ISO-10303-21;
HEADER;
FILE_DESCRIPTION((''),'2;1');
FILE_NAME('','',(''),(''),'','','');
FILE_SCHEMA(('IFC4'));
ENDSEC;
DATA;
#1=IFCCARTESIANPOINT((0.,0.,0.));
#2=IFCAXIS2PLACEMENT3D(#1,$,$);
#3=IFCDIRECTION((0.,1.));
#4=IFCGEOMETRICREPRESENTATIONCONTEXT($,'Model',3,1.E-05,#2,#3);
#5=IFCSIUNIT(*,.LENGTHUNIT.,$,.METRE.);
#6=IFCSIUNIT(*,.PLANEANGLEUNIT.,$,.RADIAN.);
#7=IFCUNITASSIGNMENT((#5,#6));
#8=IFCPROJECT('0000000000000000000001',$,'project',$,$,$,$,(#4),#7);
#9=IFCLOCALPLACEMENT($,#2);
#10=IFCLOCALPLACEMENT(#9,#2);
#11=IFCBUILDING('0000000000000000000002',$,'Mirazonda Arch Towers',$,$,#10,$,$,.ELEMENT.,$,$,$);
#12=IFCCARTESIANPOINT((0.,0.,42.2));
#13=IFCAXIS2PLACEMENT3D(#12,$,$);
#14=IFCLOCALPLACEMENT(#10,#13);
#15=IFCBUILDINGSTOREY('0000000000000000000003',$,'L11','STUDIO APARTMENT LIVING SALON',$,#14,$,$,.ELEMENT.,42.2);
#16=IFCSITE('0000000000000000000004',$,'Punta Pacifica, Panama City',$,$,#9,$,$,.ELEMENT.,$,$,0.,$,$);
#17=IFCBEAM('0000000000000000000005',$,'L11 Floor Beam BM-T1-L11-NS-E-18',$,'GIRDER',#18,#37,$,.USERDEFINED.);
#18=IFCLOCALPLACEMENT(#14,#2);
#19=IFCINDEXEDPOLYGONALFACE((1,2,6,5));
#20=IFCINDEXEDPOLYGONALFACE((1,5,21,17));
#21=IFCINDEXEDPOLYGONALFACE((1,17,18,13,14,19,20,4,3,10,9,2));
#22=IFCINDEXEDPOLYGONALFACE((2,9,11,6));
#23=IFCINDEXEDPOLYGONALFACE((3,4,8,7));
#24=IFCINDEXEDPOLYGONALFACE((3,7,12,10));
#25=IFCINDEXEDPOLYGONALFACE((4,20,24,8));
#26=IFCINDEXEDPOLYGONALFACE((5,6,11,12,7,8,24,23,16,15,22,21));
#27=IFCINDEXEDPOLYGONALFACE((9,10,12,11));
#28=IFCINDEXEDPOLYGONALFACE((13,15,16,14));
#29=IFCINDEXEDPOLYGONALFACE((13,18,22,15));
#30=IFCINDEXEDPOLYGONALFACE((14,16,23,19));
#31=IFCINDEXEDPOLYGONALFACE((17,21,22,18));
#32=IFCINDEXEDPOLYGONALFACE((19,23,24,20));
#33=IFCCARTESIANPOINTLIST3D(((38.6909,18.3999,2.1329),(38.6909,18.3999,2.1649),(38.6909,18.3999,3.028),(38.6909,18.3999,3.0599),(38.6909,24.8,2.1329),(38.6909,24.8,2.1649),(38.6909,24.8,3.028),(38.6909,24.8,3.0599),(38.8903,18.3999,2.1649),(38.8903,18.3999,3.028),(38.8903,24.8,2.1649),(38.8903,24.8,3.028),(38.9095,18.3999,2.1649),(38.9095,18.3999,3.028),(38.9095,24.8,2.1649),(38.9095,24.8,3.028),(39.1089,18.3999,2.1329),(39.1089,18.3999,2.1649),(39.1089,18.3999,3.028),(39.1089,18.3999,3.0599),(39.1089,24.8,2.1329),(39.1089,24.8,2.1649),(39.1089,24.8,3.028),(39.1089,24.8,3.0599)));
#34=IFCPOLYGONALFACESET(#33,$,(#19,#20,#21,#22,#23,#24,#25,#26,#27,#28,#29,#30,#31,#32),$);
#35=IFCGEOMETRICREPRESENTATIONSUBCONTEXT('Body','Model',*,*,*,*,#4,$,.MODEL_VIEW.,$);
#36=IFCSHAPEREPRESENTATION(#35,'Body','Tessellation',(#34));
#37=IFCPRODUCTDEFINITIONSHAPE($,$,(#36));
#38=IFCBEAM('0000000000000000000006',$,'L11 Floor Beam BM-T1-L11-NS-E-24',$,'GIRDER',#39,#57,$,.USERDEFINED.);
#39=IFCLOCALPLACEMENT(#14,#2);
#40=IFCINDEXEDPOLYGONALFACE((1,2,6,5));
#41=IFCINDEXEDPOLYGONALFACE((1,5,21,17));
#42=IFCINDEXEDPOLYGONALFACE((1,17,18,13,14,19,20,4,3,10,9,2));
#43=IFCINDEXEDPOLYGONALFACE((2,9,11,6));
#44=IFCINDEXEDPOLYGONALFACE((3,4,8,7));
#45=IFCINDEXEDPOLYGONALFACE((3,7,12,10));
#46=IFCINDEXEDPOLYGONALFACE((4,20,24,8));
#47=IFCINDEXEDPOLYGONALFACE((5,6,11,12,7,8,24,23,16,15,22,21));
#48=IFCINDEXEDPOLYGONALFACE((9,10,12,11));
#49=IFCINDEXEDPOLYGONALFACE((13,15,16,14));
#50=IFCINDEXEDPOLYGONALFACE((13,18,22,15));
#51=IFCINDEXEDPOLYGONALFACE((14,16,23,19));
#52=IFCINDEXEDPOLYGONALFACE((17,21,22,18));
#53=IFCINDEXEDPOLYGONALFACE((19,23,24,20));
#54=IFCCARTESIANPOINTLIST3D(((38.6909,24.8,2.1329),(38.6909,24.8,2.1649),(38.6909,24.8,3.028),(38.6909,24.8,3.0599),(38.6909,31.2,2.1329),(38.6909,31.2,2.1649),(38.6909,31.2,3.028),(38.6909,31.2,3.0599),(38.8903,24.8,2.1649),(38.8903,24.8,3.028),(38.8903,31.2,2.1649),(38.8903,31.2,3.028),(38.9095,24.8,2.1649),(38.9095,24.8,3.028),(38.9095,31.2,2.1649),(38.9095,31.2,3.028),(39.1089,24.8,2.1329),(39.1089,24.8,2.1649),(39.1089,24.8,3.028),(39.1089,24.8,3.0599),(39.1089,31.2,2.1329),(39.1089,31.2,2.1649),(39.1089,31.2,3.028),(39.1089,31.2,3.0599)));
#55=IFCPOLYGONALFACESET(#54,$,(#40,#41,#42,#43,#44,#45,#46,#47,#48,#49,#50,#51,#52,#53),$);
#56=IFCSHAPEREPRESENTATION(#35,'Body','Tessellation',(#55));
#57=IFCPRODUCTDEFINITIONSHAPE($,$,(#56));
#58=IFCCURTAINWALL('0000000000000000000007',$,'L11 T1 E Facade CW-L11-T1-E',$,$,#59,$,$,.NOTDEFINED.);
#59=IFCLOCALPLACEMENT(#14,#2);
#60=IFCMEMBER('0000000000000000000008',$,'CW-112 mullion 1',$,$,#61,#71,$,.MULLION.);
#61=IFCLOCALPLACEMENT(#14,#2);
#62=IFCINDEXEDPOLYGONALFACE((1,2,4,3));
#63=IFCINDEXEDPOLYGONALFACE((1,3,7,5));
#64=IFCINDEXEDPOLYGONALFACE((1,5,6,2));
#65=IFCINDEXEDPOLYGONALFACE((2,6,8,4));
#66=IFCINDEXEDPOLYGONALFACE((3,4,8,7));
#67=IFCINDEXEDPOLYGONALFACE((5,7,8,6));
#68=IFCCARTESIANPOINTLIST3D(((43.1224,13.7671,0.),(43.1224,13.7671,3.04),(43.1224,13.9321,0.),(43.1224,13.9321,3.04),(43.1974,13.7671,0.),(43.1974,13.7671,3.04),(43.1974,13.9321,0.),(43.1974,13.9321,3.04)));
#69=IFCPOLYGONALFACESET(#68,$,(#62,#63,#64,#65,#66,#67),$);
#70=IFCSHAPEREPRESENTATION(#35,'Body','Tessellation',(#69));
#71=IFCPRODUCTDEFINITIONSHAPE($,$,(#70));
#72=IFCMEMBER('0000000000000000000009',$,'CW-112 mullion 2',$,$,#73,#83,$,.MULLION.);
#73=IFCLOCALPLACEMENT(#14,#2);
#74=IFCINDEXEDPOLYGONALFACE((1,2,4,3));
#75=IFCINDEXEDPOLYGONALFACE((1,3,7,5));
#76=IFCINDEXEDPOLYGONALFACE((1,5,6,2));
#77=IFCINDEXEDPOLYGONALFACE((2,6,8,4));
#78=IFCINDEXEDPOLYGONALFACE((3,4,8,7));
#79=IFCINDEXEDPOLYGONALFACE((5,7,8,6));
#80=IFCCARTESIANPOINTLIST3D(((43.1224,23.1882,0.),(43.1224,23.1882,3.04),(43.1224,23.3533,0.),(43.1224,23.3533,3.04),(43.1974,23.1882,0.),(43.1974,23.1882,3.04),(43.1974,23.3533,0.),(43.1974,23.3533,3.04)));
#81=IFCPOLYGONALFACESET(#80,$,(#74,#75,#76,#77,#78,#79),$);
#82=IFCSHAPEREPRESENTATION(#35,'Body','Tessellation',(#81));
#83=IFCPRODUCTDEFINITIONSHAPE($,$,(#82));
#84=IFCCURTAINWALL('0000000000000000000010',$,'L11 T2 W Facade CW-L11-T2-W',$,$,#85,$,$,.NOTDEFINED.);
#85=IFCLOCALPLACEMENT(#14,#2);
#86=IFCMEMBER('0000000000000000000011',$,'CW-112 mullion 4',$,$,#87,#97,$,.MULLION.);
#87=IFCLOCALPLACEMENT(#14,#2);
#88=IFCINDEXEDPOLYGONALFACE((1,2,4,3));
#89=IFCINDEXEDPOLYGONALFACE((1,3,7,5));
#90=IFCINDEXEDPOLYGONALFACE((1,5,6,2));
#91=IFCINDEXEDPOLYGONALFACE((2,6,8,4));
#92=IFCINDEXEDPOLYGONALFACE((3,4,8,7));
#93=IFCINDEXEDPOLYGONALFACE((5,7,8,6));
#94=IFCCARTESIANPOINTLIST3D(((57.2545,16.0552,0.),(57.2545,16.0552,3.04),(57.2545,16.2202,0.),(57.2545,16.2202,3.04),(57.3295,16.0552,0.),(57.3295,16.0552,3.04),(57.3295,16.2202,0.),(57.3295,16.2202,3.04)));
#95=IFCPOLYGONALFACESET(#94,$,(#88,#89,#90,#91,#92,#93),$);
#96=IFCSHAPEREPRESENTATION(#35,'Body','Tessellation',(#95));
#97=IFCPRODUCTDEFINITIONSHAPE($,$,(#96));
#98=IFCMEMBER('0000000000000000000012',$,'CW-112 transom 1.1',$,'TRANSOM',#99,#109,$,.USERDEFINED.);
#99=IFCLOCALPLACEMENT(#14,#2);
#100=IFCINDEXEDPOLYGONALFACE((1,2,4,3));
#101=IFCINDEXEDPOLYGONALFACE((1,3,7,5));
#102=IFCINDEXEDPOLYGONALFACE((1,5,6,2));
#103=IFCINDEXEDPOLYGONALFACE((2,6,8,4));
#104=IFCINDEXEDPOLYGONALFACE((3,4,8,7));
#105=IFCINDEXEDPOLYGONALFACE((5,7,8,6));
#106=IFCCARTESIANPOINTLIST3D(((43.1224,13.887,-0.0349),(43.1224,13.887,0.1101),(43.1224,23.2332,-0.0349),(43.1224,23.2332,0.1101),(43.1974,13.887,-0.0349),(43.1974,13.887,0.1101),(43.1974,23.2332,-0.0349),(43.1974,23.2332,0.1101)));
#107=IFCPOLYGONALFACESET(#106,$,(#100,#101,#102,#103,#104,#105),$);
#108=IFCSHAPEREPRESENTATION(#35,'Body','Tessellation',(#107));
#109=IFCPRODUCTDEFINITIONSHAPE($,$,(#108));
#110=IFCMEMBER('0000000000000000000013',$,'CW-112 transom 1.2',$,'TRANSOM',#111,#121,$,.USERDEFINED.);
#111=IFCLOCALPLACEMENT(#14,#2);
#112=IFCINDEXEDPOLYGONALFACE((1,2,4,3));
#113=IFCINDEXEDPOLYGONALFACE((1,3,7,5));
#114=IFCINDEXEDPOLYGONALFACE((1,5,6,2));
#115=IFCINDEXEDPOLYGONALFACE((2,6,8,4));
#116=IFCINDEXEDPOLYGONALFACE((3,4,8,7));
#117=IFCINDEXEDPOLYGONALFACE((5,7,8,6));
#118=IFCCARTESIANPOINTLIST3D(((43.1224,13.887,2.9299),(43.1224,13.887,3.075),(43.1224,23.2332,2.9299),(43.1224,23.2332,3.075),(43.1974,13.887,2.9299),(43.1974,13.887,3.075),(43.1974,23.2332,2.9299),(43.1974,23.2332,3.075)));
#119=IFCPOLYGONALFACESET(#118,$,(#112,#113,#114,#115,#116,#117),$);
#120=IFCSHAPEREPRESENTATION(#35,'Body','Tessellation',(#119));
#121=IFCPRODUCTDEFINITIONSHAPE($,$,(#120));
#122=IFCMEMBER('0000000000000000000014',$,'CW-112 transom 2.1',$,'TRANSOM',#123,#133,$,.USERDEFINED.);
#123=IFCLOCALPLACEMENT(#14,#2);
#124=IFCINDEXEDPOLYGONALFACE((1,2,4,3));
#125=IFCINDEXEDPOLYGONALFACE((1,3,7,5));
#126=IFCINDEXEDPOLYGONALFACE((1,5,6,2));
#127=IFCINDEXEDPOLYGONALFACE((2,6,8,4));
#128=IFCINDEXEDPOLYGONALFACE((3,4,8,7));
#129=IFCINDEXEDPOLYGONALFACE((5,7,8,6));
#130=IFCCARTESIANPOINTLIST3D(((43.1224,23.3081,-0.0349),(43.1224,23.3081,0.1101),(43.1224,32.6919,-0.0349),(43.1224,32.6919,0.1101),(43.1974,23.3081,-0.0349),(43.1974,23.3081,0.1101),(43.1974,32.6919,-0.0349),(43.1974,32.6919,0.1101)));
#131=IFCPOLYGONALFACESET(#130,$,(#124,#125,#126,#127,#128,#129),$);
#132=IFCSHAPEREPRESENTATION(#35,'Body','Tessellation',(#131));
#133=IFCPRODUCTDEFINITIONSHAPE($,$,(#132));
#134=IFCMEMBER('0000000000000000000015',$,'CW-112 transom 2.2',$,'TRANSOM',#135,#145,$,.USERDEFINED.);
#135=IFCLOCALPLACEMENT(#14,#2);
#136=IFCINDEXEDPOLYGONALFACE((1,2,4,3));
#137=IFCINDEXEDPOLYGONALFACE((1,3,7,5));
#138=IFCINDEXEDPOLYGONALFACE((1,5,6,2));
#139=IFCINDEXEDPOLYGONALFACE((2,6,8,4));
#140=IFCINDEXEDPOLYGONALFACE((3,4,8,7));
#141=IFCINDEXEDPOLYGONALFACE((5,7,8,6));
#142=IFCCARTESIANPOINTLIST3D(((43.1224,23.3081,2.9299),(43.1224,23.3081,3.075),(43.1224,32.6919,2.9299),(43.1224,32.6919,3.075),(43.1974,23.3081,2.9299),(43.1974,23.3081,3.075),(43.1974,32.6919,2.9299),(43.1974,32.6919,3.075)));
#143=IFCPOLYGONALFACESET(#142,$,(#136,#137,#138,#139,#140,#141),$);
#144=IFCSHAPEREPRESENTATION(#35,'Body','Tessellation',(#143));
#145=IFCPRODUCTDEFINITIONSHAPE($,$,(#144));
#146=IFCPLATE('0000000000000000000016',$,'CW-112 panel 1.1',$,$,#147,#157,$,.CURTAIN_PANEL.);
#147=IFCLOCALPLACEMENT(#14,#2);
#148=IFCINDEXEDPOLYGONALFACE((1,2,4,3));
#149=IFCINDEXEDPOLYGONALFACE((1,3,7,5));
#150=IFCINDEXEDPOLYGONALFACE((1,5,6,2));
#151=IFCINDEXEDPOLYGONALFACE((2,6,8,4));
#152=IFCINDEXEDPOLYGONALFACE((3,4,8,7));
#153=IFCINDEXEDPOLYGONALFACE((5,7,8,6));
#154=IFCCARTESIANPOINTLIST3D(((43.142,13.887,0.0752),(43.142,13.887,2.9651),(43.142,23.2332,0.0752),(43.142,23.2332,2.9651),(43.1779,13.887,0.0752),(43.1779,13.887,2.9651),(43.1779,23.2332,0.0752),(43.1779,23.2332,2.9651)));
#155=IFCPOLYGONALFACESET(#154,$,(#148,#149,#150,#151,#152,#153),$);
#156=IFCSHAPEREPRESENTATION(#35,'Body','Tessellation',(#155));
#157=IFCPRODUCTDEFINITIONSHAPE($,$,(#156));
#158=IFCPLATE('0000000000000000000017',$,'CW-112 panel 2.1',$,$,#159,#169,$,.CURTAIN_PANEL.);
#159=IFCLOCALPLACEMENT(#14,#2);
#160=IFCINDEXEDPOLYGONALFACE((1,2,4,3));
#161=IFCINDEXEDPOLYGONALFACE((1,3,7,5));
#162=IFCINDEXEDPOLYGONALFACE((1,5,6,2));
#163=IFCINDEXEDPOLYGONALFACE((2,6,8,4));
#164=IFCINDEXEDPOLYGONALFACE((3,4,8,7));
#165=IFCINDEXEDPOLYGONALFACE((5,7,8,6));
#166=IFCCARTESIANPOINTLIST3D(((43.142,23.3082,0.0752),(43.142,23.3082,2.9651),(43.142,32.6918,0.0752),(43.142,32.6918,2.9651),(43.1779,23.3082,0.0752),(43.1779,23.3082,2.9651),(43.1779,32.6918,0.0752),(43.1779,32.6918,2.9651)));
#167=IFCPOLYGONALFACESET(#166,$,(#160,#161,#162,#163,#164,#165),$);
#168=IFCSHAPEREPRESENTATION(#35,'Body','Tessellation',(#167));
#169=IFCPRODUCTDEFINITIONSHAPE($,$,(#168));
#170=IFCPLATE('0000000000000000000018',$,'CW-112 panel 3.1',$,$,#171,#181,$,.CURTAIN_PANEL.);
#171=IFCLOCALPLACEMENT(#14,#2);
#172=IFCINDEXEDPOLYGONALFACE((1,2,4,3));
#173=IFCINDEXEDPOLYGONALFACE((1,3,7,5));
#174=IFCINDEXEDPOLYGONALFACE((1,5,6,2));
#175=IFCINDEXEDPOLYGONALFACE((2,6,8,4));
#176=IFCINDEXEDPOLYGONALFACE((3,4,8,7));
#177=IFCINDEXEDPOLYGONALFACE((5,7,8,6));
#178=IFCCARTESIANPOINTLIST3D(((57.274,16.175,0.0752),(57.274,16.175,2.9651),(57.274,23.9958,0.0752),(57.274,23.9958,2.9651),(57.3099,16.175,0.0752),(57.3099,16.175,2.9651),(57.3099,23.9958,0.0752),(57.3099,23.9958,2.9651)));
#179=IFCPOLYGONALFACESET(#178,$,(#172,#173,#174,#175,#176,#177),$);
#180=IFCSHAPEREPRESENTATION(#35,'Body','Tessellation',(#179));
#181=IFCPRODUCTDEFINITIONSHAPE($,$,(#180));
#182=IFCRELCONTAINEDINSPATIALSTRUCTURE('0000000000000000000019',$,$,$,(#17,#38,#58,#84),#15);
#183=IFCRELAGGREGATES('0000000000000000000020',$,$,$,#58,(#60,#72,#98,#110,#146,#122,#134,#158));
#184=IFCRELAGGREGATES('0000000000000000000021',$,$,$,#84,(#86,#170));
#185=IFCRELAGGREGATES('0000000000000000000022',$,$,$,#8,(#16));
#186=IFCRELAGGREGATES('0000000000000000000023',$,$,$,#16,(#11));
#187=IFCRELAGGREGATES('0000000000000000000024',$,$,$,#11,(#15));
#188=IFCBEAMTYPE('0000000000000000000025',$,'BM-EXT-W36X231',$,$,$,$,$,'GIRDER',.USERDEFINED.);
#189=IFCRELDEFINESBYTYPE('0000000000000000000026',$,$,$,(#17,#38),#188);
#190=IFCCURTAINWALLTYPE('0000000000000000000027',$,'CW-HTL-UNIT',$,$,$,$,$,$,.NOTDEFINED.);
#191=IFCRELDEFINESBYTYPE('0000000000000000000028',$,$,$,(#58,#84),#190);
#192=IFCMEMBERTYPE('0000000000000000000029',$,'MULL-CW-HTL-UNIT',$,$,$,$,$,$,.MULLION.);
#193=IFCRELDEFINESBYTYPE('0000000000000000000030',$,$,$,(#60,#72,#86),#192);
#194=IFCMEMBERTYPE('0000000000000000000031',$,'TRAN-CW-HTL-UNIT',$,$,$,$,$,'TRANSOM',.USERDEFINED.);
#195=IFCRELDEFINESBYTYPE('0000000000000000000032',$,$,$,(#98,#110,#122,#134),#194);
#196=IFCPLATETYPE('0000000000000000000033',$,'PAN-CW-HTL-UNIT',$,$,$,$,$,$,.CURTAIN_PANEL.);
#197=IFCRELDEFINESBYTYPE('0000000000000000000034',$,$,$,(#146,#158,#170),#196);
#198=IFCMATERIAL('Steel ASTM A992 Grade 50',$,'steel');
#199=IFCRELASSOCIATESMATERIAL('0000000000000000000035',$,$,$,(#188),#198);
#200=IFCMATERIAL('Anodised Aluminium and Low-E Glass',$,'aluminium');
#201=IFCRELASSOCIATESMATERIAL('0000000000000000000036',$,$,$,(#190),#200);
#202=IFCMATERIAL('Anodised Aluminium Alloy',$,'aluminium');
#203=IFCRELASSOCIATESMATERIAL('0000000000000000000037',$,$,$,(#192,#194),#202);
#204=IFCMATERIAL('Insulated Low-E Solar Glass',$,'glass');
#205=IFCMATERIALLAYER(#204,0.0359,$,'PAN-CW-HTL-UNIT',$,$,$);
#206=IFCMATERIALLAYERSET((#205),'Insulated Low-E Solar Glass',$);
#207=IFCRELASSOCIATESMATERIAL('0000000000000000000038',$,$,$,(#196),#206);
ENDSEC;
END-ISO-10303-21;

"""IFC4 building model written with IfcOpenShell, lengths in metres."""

from ifc_helpers import new_model, si_unit, direction, frame, origin, origin_2d, place, context, subcontext, project, spatial, rectangle, i_section, extrude, material, layer, layer_set, material_profile, profile_set, type_object, element, aggregate, save


model = new_model("IFC4")

# Units and contexts
model_context = context("Model", 3, precision=1e-05, world=origin(), true_north=direction((0.0, 1.0)))
body_context = subcontext(model_context, "Body", "Model", "MODEL_VIEW")
ifc_project = project(units=[si_unit("LENGTHUNIT", "METRE"), si_unit("PLANEANGLEUNIT", "RADIAN")], contexts=[model_context])

# Site, building, storey
site_placement = place(None, origin())
site = spatial("IfcSite", under=ifc_project, at=site_placement, Name="Punta Pacifica, Panama City", CompositionType="ELEMENT", RefElevation=0.0)
building_placement = place(site_placement, origin())
building = spatial("IfcBuilding", under=site, at=building_placement, Name="Mirazonda Arch Towers", CompositionType="ELEMENT")
storey_placement = place(building_placement, frame((0.0, 0.0, 42.2)))
storey = spatial("IfcBuildingStorey", under=building, at=storey_placement, Name="L11", Description="STUDIO APARTMENT LIVING SALON", CompositionType="ELEMENT", Elevation=42.2)

# Beams
ifc_material_1 = material(Name="Steel ASTM A992 Grade 50", Category="steel")
ifc_material_profile_1 = material_profile(ifc_material_1, i_section(OverallWidth=0.418, OverallDepth=0.927, WebThickness=0.0193, FlangeThickness=0.032, at=origin_2d()), Name="W36X231")
ifc_profile_set_1 = profile_set([ifc_material_profile_1], Name="Steel ASTM A992 Grade 50")
beam_type = type_object("IfcBeamType", Name="BM-EXT-W36X231", ElementType="GIRDER", PredefinedType="USERDEFINED", material=ifc_profile_set_1)
beam_1_placement = place(storey_placement, frame((38.8999, 18.3999, 2.5964), z_axis=(0.0, 1.0, 0.0), x_axis=(-1.0, 0.0, 0.0)))
element("IfcBeam", 1, at=beam_1_placement, inside=storey, type_object=beam_type, Name="L11 Floor Beam BM-T1-L11-NS-E-18", ObjectType="GIRDER", PredefinedType="USERDEFINED", context=body_context, shape_type="SweptSolid", body=[
    extrude(i_section(OverallWidth=0.418, OverallDepth=0.927, WebThickness=0.0193, FlangeThickness=0.032, at=origin_2d()), origin(), (0.0, 0.0, 1.0), 6.4001),
])
beam_2_placement = place(storey_placement, frame((38.8999, 24.8, 2.5964), z_axis=(0.0, 1.0, 0.0), x_axis=(-1.0, 0.0, 0.0)))
element("IfcBeam", 2, at=beam_2_placement, inside=storey, type_object=beam_type, Name="L11 Floor Beam BM-T1-L11-NS-E-24", ObjectType="GIRDER", PredefinedType="USERDEFINED", context=body_context, shape_type="SweptSolid", body=[
    extrude(i_section(OverallWidth=0.418, OverallDepth=0.927, WebThickness=0.0193, FlangeThickness=0.032, at=origin_2d()), origin(), (0.0, 0.0, 1.0), 6.3999),
])

# Curtain wall, members
ifc_material_2 = material(Name="Anodised Aluminium and Low-E Glass", Category="aluminium")
curtain_wall_type = type_object("IfcCurtainWallType", Name="CW-HTL-UNIT", PredefinedType="NOTDEFINED", material=ifc_material_2)
curtain_wall_1_placement = place(storey_placement, origin())
curtain_wall_1 = element("IfcCurtainWall", 3, at=curtain_wall_1_placement, inside=storey, type_object=curtain_wall_type, Name="L11 T1 E Facade CW-L11-T1-E", PredefinedType="NOTDEFINED")
ifc_material_3 = material(Name="Anodised Aluminium Alloy", Category="aluminium")
ifc_material_profile_2 = material_profile(ifc_material_3, rectangle(XDim=0.075, YDim=0.165, at=origin_2d()), Name="ALU-MULL-75x165")
ifc_profile_set_2 = profile_set([ifc_material_profile_2], Name="Anodised Aluminium Alloy")
member_type_1 = type_object("IfcMemberType", Name="MULL-CW-HTL-UNIT", PredefinedType="MULLION", material=ifc_profile_set_2)
member_1_placement = place(storey_placement, frame((43.1599, 13.8496, 0.0), z_axis=(0.0, 0.0, 1.0), x_axis=(-1.0, 0.0, 0.0)))
member_1 = element("IfcMember", 4, at=member_1_placement, type_object=member_type_1, Name="CW-112 mullion 1", PredefinedType="MULLION", context=body_context, shape_type="SweptSolid", body=[
    extrude(rectangle(XDim=0.075, YDim=0.165, at=origin_2d()), origin(), (0.0, 0.0, 1.0), 3.04),
])
member_2_placement = place(storey_placement, frame((43.1599, 23.2708, 0.0), z_axis=(0.0, 0.0, 1.0), x_axis=(-1.0, 0.0, 0.0)))
member_2 = element("IfcMember", 5, at=member_2_placement, type_object=member_type_1, Name="CW-112 mullion 2", PredefinedType="MULLION", context=body_context, shape_type="SweptSolid", body=[
    extrude(rectangle(XDim=0.075, YDim=0.165, at=origin_2d()), origin(), (0.0, 0.0, 1.0), 3.04),
])

# Curtain wall, member
curtain_wall_2_placement = place(storey_placement, origin())
curtain_wall_2 = element("IfcCurtainWall", 6, at=curtain_wall_2_placement, inside=storey, type_object=curtain_wall_type, Name="L11 T2 W Facade CW-L11-T2-W", PredefinedType="NOTDEFINED")
member_3_placement = place(storey_placement, frame((57.292, 16.1377, 0.0), z_axis=(0.0, 0.0, 1.0), x_axis=(1.0, 0.0, 0.0)))
member_3 = element("IfcMember", 7, at=member_3_placement, type_object=member_type_1, Name="CW-112 mullion 4", PredefinedType="MULLION", context=body_context, shape_type="SweptSolid", body=[
    extrude(rectangle(XDim=0.075, YDim=0.165, at=origin_2d()), origin(), (0.0, 0.0, 1.0), 3.04),
])

# Members
ifc_material_profile_3 = material_profile(ifc_material_3, rectangle(XDim=0.075, YDim=0.145, at=origin_2d()), Name="ALU-TRAN-75x145")
ifc_profile_set_3 = profile_set([ifc_material_profile_3], Name="Anodised Aluminium Alloy")
member_type_2 = type_object("IfcMemberType", Name="TRAN-CW-HTL-UNIT", ElementType="TRANSOM", PredefinedType="USERDEFINED", material=ifc_profile_set_3)
member_4_placement = place(storey_placement, frame((43.1599, 13.887, 0.0376), z_axis=(0.0, 1.0, 0.0), x_axis=(-1.0, 0.0, 0.0)))
member_4 = element("IfcMember", 8, at=member_4_placement, type_object=member_type_2, Name="CW-112 transom 1.1", ObjectType="TRANSOM", PredefinedType="USERDEFINED", context=body_context, shape_type="SweptSolid", body=[
    extrude(rectangle(XDim=0.075, YDim=0.145, at=origin_2d()), origin(), (0.0, 0.0, 1.0), 9.3462),
])
member_5_placement = place(storey_placement, frame((43.1599, 13.887, 3.0024), z_axis=(0.0, 1.0, 0.0), x_axis=(-1.0, 0.0, 0.0)))
member_5 = element("IfcMember", 9, at=member_5_placement, type_object=member_type_2, Name="CW-112 transom 1.2", ObjectType="TRANSOM", PredefinedType="USERDEFINED", context=body_context, shape_type="SweptSolid", body=[
    extrude(rectangle(XDim=0.075, YDim=0.145, at=origin_2d()), origin(), (0.0, 0.0, 1.0), 9.3462),
])
member_6_placement = place(storey_placement, frame((43.1599, 23.3081, 0.0376), z_axis=(0.0, 1.0, 0.0), x_axis=(-1.0, 0.0, 0.0)))
member_6 = element("IfcMember", 10, at=member_6_placement, type_object=member_type_2, Name="CW-112 transom 2.1", ObjectType="TRANSOM", PredefinedType="USERDEFINED", context=body_context, shape_type="SweptSolid", body=[
    extrude(rectangle(XDim=0.075, YDim=0.145, at=origin_2d()), origin(), (0.0, 0.0, 1.0), 9.3838),
])
member_7_placement = place(storey_placement, frame((43.1599, 23.3081, 3.0024), z_axis=(0.0, 1.0, 0.0), x_axis=(-1.0, 0.0, 0.0)))
member_7 = element("IfcMember", 11, at=member_7_placement, type_object=member_type_2, Name="CW-112 transom 2.2", ObjectType="TRANSOM", PredefinedType="USERDEFINED", context=body_context, shape_type="SweptSolid", body=[
    extrude(rectangle(XDim=0.075, YDim=0.145, at=origin_2d()), origin(), (0.0, 0.0, 1.0), 9.3838),
])

# Plates
ifc_material_4 = material(Name="Insulated Low-E Solar Glass", Category="glass")
ifc_layer_1 = layer(ifc_material_4, 0.0359, Name="PAN-CW-HTL-UNIT")
ifc_layer_set_1 = layer_set([ifc_layer_1], Name="Insulated Low-E Solar Glass")
plate_type = type_object("IfcPlateType", Name="PAN-CW-HTL-UNIT", PredefinedType="CURTAIN_PANEL", material=ifc_layer_set_1)
plate_1_placement = place(storey_placement, frame((43.1599, 18.5601, 0.0752), z_axis=(0.0, 0.0, 1.0), x_axis=(0.0, 1.0, 0.0)))
plate_1 = element("IfcPlate", 12, at=plate_1_placement, type_object=plate_type, Name="CW-112 panel 1.1", PredefinedType="CURTAIN_PANEL", context=body_context, shape_type="SweptSolid", body=[
    extrude(rectangle(XDim=9.3462, YDim=0.0359, at=origin_2d()), origin(), (0.0, 0.0, 1.0), 2.8899),
])
plate_2_placement = place(storey_placement, frame((43.1599, 28.0, 0.0752), z_axis=(0.0, 0.0, 1.0), x_axis=(0.0, 1.0, 0.0)))
plate_2 = element("IfcPlate", 13, at=plate_2_placement, type_object=plate_type, Name="CW-112 panel 2.1", PredefinedType="CURTAIN_PANEL", context=body_context, shape_type="SweptSolid", body=[
    extrude(rectangle(XDim=9.3835, YDim=0.0359, at=origin_2d()), origin(), (0.0, 0.0, 1.0), 2.8899),
])
aggregate(curtain_wall_1, [member_1, member_2, member_4, member_5, plate_1, member_6, member_7, plate_2])
plate_3_placement = place(storey_placement, frame((57.292, 20.0854, 0.0752), z_axis=(0.0, 0.0, 1.0), x_axis=(0.0, -1.0, 0.0)))
plate_3 = element("IfcPlate", 14, at=plate_3_placement, type_object=plate_type, Name="CW-112 panel 3.1", PredefinedType="CURTAIN_PANEL", context=body_context, shape_type="SweptSolid", body=[
    extrude(rectangle(XDim=7.8208, YDim=0.0359, at=origin_2d()), origin(), (0.0, 0.0, 1.0), 2.8899),
])
aggregate(curtain_wall_2, [member_3, plate_3])

save(model, "model.ifc")
